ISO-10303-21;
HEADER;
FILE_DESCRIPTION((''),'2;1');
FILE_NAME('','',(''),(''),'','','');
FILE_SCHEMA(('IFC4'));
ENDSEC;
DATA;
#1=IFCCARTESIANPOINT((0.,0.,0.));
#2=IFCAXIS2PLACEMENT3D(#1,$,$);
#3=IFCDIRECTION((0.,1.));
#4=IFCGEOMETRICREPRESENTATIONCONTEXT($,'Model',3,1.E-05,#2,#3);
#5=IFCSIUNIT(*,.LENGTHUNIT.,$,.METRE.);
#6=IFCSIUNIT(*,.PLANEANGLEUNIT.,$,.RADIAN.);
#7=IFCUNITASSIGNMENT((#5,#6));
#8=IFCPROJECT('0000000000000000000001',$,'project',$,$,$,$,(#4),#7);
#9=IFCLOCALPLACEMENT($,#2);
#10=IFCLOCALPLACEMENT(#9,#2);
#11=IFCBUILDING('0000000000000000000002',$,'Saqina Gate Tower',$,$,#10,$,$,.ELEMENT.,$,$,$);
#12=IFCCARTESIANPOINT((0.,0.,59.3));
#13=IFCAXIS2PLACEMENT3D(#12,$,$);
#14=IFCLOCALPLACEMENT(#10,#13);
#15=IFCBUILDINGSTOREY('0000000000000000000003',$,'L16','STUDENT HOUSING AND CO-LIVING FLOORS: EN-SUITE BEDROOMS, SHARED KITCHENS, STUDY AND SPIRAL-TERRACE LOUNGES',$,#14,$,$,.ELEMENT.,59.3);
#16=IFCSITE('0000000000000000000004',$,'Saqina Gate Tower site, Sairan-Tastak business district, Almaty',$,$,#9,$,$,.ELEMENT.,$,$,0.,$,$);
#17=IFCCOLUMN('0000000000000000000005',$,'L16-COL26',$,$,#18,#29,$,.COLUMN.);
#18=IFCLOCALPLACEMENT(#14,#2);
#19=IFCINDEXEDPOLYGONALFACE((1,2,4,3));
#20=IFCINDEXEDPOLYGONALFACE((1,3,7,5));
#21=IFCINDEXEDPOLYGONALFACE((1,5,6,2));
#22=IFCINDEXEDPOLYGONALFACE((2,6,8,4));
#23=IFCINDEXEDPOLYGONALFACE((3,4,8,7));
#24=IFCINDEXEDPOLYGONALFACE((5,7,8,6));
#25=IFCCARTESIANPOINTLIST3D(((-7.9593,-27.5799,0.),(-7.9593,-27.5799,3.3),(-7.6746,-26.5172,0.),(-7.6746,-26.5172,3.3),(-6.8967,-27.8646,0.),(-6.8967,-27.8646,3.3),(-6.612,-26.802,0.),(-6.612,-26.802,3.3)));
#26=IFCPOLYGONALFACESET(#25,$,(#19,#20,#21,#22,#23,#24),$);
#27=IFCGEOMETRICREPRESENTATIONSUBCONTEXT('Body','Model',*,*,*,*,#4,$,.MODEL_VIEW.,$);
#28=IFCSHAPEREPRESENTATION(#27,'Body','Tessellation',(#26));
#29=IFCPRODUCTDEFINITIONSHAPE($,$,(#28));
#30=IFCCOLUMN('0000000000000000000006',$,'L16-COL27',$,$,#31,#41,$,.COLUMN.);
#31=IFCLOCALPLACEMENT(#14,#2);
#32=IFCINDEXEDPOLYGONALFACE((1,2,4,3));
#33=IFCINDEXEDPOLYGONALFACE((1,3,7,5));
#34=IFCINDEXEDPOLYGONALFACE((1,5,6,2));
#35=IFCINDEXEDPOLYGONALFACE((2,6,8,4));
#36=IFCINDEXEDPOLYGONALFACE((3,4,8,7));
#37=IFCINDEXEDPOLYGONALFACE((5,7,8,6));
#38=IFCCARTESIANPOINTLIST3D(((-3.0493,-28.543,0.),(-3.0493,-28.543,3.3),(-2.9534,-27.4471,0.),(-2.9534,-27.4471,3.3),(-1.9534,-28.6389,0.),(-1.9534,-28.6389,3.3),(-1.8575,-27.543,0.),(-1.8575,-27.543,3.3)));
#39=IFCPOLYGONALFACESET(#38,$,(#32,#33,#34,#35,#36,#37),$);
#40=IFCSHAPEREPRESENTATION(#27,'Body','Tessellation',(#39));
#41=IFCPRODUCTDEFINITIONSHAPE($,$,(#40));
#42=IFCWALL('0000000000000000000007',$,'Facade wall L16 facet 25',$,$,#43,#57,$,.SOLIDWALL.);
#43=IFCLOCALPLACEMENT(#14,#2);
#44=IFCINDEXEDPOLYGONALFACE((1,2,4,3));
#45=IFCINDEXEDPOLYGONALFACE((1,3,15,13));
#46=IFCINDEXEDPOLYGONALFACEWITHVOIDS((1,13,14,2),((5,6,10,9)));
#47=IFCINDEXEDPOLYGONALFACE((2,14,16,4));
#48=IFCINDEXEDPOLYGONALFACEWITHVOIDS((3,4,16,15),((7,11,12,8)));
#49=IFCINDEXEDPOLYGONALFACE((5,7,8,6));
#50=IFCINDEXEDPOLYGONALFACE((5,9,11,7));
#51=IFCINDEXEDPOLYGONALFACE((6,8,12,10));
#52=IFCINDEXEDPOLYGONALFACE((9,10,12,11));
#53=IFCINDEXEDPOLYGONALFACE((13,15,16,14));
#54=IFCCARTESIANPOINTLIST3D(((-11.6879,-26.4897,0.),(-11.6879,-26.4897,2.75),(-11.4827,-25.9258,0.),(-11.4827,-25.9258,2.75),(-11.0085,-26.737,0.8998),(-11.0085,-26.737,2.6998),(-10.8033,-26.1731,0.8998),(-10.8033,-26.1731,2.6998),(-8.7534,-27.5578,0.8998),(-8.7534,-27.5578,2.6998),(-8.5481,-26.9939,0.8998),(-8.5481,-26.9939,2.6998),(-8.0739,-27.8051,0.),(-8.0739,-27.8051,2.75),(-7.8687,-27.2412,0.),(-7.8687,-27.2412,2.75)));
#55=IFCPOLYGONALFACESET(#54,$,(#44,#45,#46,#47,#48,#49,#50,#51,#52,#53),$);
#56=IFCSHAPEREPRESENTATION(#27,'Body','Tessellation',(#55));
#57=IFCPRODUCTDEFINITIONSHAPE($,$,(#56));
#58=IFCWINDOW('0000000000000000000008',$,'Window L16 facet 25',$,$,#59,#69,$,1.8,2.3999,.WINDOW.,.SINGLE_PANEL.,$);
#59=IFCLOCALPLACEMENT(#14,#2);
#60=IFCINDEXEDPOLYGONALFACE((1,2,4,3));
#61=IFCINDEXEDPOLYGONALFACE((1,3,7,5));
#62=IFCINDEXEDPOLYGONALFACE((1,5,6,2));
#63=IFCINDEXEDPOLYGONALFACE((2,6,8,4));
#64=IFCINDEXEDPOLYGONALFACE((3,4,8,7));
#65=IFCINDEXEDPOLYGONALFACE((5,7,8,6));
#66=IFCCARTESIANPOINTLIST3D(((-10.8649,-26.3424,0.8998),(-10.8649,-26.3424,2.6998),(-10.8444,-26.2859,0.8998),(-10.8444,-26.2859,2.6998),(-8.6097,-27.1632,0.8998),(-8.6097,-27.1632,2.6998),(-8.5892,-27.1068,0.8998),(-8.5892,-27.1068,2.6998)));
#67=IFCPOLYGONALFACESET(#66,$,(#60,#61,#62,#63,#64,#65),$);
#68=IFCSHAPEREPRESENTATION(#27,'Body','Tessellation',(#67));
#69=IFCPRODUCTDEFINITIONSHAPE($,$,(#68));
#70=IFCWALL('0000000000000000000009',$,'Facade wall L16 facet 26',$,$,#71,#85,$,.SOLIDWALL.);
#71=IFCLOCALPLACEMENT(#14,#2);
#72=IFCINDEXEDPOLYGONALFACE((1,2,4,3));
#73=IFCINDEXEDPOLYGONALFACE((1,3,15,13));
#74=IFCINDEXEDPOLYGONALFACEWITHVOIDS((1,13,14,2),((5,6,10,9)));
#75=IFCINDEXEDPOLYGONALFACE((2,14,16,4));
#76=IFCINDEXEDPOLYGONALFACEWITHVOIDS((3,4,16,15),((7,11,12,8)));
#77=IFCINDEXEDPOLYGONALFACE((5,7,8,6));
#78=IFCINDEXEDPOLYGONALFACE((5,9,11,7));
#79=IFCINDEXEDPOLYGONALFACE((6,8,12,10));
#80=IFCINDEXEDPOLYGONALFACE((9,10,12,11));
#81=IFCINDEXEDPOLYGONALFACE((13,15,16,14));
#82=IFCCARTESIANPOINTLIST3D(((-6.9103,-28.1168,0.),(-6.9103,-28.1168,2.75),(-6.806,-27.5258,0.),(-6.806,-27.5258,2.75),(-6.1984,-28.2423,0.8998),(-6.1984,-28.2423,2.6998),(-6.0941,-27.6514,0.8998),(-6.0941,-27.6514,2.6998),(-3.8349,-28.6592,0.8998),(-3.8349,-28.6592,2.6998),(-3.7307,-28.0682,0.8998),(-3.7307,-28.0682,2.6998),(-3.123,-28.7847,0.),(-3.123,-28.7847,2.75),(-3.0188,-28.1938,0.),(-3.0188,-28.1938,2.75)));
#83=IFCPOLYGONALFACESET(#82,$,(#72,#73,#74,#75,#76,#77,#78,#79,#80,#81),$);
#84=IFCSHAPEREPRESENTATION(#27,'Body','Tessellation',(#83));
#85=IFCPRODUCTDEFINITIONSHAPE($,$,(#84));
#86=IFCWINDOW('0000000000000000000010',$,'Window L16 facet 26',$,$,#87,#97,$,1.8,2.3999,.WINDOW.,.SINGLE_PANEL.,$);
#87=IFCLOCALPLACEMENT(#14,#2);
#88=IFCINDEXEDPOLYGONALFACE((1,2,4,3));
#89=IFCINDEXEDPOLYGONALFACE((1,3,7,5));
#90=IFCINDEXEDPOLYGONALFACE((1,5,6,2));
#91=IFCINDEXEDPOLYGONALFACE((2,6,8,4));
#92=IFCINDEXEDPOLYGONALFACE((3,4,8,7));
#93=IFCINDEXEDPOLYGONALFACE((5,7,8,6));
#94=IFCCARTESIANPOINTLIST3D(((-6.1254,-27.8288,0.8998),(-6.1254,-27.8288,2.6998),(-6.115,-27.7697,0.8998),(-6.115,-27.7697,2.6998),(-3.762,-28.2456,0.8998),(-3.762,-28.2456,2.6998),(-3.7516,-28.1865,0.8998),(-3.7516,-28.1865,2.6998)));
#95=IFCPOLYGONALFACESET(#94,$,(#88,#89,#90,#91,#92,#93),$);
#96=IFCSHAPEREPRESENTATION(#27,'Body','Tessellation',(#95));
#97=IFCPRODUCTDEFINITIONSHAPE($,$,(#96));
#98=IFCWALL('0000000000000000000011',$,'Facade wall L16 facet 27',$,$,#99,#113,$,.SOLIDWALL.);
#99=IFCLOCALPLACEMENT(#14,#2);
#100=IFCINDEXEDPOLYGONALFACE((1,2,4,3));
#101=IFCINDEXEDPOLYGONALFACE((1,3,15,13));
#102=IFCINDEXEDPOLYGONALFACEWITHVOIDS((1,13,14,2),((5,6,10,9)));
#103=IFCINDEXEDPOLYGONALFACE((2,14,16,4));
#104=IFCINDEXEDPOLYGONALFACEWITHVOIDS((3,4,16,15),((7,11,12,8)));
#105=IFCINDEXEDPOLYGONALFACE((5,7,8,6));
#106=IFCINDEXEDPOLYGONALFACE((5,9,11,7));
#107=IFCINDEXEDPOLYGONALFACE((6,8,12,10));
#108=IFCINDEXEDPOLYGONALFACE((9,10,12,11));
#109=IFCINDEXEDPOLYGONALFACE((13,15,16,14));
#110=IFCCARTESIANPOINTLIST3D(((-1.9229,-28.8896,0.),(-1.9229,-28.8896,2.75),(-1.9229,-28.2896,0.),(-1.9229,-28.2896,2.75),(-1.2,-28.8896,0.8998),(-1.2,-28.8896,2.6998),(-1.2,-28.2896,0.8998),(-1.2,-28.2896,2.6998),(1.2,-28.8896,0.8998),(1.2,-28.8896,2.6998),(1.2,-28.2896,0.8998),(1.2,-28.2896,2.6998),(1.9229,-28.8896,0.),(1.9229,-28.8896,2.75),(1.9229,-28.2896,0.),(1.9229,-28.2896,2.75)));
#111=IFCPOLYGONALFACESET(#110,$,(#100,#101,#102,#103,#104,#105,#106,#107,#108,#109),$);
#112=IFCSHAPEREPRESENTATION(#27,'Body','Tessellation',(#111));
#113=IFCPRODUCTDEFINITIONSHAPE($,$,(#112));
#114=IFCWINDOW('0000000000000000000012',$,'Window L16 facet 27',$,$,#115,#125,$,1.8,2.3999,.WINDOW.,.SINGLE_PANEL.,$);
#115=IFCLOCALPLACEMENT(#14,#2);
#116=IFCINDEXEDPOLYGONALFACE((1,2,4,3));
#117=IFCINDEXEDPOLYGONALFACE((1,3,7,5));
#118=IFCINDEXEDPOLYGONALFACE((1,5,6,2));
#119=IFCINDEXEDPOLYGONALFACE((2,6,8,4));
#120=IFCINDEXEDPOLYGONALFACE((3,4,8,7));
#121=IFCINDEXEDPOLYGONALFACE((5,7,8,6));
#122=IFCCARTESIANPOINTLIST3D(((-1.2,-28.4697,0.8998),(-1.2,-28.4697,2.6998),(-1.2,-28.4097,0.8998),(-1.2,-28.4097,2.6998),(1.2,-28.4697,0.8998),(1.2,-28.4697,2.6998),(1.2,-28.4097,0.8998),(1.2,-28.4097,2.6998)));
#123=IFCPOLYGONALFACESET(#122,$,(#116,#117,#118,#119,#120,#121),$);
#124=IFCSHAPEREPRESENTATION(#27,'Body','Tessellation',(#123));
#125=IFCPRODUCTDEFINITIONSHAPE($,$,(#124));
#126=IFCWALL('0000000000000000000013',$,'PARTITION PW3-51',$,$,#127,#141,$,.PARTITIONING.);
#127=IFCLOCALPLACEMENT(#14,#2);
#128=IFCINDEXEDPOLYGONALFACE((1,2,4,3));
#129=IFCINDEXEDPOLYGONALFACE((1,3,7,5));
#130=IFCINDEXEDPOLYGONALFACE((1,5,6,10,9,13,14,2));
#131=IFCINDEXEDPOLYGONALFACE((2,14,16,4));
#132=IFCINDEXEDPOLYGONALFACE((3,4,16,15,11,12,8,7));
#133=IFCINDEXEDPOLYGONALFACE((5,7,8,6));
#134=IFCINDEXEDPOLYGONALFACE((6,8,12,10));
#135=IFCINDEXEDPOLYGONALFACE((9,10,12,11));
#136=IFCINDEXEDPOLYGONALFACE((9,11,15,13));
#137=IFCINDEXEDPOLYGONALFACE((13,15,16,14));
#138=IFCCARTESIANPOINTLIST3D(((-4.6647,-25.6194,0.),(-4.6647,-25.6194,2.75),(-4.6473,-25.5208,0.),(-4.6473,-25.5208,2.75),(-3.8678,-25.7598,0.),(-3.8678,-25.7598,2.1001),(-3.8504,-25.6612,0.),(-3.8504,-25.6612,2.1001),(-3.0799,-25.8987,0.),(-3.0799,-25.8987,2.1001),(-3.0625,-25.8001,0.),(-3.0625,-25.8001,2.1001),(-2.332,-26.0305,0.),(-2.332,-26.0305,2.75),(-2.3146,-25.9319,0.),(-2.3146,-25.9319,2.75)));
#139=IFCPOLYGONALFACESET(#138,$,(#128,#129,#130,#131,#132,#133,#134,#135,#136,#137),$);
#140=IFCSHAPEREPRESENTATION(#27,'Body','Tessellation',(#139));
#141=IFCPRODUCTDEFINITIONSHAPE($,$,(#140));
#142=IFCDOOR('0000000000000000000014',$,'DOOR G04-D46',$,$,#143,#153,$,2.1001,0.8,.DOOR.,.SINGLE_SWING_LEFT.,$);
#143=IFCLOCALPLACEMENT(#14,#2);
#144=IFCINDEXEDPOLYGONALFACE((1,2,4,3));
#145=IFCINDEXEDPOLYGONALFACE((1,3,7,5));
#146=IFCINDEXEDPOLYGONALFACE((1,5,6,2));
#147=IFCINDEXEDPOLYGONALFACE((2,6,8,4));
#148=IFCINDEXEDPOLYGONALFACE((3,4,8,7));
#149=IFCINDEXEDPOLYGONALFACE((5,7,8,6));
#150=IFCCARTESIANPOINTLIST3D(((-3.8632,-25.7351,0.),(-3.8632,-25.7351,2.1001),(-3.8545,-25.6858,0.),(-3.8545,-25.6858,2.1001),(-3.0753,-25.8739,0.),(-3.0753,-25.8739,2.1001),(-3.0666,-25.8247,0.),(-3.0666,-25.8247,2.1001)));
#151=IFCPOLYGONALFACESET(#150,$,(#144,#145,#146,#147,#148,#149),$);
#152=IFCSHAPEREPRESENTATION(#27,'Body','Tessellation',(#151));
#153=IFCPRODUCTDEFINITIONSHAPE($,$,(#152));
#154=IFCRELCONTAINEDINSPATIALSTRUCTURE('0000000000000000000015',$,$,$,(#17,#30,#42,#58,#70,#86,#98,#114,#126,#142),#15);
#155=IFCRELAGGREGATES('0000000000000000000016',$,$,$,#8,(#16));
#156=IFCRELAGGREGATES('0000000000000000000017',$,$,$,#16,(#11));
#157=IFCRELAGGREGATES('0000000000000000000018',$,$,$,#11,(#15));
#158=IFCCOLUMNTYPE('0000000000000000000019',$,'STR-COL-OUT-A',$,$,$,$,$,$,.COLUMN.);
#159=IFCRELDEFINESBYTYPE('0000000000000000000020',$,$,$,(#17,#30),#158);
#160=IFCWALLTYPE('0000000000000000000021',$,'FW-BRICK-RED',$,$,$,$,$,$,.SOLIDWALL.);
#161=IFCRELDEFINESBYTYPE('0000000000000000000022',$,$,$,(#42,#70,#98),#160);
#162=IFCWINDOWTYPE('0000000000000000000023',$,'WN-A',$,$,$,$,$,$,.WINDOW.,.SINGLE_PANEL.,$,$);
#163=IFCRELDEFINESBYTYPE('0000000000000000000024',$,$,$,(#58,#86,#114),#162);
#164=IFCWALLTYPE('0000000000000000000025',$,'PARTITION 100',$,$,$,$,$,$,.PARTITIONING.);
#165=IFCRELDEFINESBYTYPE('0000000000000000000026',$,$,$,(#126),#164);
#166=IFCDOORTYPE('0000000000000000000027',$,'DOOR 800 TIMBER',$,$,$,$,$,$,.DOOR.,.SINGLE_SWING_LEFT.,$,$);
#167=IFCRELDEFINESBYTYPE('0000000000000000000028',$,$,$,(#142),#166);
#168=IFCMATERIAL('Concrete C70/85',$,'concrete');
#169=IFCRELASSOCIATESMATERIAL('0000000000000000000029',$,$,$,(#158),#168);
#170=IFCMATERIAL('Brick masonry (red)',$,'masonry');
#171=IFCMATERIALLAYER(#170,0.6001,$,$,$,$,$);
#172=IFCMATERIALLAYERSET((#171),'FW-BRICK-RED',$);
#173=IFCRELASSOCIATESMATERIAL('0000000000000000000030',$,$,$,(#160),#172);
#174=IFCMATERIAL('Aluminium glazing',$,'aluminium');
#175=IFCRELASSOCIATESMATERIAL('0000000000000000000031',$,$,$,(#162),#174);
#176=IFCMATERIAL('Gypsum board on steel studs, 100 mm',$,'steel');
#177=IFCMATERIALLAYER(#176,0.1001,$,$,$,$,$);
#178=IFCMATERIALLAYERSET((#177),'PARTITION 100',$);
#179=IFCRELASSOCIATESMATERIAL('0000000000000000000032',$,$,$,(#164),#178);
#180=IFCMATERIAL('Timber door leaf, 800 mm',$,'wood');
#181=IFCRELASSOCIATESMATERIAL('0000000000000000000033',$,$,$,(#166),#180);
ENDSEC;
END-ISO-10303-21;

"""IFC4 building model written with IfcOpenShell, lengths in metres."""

from ifc_helpers import new_model, si_unit, direction, frame, frame_2d, origin, origin_2d, place, context, subcontext, project, spatial, rectangle, extrude, material, layer, layer_set, material_profile, profile_set, type_object, element, fill, save


model = new_model("IFC4")

# Units and contexts
model_context = context("Model", 3, precision=1e-05, world=origin(), true_north=direction((0.0, 1.0)))
body_context = subcontext(model_context, "Body", "Model", "MODEL_VIEW")
ifc_project = project(units=[si_unit("LENGTHUNIT", "METRE"), si_unit("PLANEANGLEUNIT", "RADIAN")], contexts=[model_context])

# Site, building, storey
site_placement = place(None, origin())
site = spatial("IfcSite", under=ifc_project, at=site_placement, Name="Saqina Gate Tower site, Sairan-Tastak business district, Almaty", CompositionType="ELEMENT", RefElevation=0.0)
building_placement = place(site_placement, origin())
building = spatial("IfcBuilding", under=site, at=building_placement, Name="Saqina Gate Tower", CompositionType="ELEMENT")
storey_placement = place(building_placement, frame((0.0, 0.0, 59.3)))
storey = spatial("IfcBuildingStorey", under=building, at=storey_placement, Name="L16", Description="STUDENT HOUSING AND CO-LIVING FLOORS: EN-SUITE BEDROOMS, SHARED KITCHENS, STUDY AND SPIRAL-TERRACE LOUNGES", CompositionType="ELEMENT", Elevation=59.3)

# Columns
ifc_material_1 = material(Name="Concrete C70/85", Category="concrete")
ifc_material_profile = material_profile(ifc_material_1, rectangle(XDim=1.1001, YDim=1.1001, at=origin_2d()), Name="RC 1100x1100")
ifc_profile_set = profile_set([ifc_material_profile], Name="Concrete C70/85")
column_type = type_object("IfcColumnType", Name="STR-COL-OUT-A", PredefinedType="COLUMN", material=ifc_profile_set)
for number, where, z_axis, x_axis, name in (
    (1, (-7.2856, -27.1909, 0.0), (0.0, 0.0, 1.0), (-0.258819, -0.965926, 0.0), "L16-COL26"),
    (2, (-2.4534, -28.043, 0.0), (0.0, 0.0, 1.0), (-0.087156, -0.996195, 0.0), "L16-COL27"),
):
    element("IfcColumn", number, at=place(storey_placement, frame(where, z_axis=z_axis, x_axis=x_axis)), inside=storey, type_object=column_type, Name=name, PredefinedType="COLUMN", context=body_context, shape_type="SweptSolid", body=[
        extrude(rectangle(XDim=1.1001, YDim=1.1001, at=origin_2d()), origin(), (0.0, 0.0, 1.0), 3.3),
    ])

# Walls, openings, windows
ifc_material_2 = material(Name="Brick masonry (red)", Category="masonry")
ifc_layer_1 = layer(ifc_material_2, 0.6001)
ifc_layer_set_1 = layer_set([ifc_layer_1], Name="FW-BRICK-RED")
wall_type_1 = type_object("IfcWallType", Name="FW-BRICK-RED", PredefinedType="SOLIDWALL", material=ifc_layer_set_1)
wall_1_placement = place(storey_placement, frame((-11.5852, -26.2078, 0.0), z_axis=(0.0, 0.0, 1.0), x_axis=(0.93969, -0.342028, 0.0)))
wall_1 = element("IfcWall", 3, at=wall_1_placement, inside=storey, type_object=wall_type_1, Name="Facade wall L16 facet 25", PredefinedType="SOLIDWALL", context=body_context, shape_type="SweptSolid", body=[
    extrude(rectangle(XDim=3.8459, YDim=0.6001, at=frame_2d((1.9229, 0.0))), origin(), (0.0, 0.0, 1.0), 2.75),
])
opening_1_placement = place(wall_1_placement, frame((0.7229, 0.0, 0.8999)))
opening_1 = element("IfcOpeningElement", 4, at=opening_1_placement, cuts=wall_1, PredefinedType="OPENING", context=body_context, shape_type="SweptSolid", body=[
    extrude(rectangle(XDim=2.3999, YDim=1.8, at=frame_2d((1.2, 0.8999))), frame((0.0, 0.312, 0.0), z_axis=(0.0, -1.0, 0.0), x_axis=(1.0, 0.0, 0.0)), (0.0, 0.0, 1.0), 0.624),
])
ifc_material_3 = material(Name="Aluminium glazing", Category="aluminium")
window_type = type_object("IfcWindowType", Name="WN-A", PartitioningType="SINGLE_PANEL", PredefinedType="WINDOW", material=ifc_material_3)
window_1_placement = place(opening_1_placement, origin())
window_1 = element("IfcWindow", 5, at=window_1_placement, inside=storey, type_object=window_type, Name="Window L16 facet 25", OverallHeight=1.8, OverallWidth=2.3999, PartitioningType="SINGLE_PANEL", PredefinedType="WINDOW", context=body_context, shape_type="SweptSolid", body=[
    extrude(rectangle(XDim=2.3999, YDim=1.8, at=frame_2d((1.2, 0.8999))), frame((0.0, 0.1799, 0.0), z_axis=(0.0, -1.0, 0.0), x_axis=(1.0, 0.0, 0.0)), (0.0, 0.0, 1.0), 0.0601),
])
fill(opening_1, window_1)
wall_2_placement = place(storey_placement, frame((-6.8582, -27.8213, 0.0), z_axis=(0.0, 0.0, 1.0), x_axis=(0.984801, -0.173688, 0.0)))
wall_2 = element("IfcWall", 6, at=wall_2_placement, inside=storey, type_object=wall_type_1, Name="Facade wall L16 facet 26", PredefinedType="SOLIDWALL", context=body_context, shape_type="SweptSolid", body=[
    extrude(rectangle(XDim=3.8457, YDim=0.6001, at=frame_2d((1.9229, 0.0))), origin(), (0.0, 0.0, 1.0), 2.75),
])
opening_2_placement = place(wall_2_placement, frame((0.7229, 0.0, 0.8999)))
opening_2 = element("IfcOpeningElement", 7, at=opening_2_placement, cuts=wall_2, PredefinedType="OPENING", context=body_context, shape_type="SweptSolid", body=[
    extrude(rectangle(XDim=2.3999, YDim=1.8, at=frame_2d((1.2, 0.8999))), frame((0.0, 0.312, 0.0), z_axis=(0.0, -1.0, 0.0), x_axis=(1.0, 0.0, 0.0)), (0.0, 0.0, 1.0), 0.624),
])
window_2_placement = place(opening_2_placement, origin())
window_2 = element("IfcWindow", 8, at=window_2_placement, inside=storey, type_object=window_type, Name="Window L16 facet 26", OverallHeight=1.8, OverallWidth=2.3999, PartitioningType="SINGLE_PANEL", PredefinedType="WINDOW", context=body_context, shape_type="SweptSolid", body=[
    extrude(rectangle(XDim=2.3999, YDim=1.8, at=frame_2d((1.2, 0.8999))), frame((0.0, 0.1799, 0.0), z_axis=(0.0, -1.0, 0.0), x_axis=(1.0, 0.0, 0.0)), (0.0, 0.0, 1.0), 0.0601),
])
fill(opening_2, window_2)
wall_3_placement = place(storey_placement, frame((-1.9229, -28.5896, 0.0), z_axis=(0.0, 0.0, 1.0), x_axis=(1.0, 0.0, 0.0)))
wall_3 = element("IfcWall", 9, at=wall_3_placement, inside=storey, type_object=wall_type_1, Name="Facade wall L16 facet 27", PredefinedType="SOLIDWALL", context=body_context, shape_type="SweptSolid", body=[
    extrude(rectangle(XDim=3.8457, YDim=0.6001, at=frame_2d((1.9229, 0.0))), origin(), (0.0, 0.0, 1.0), 2.75),
])
opening_3_placement = place(wall_3_placement, frame((0.7229, 0.0, 0.8999)))
opening_3 = element("IfcOpeningElement", 10, at=opening_3_placement, cuts=wall_3, PredefinedType="OPENING", context=body_context, shape_type="SweptSolid", body=[
    extrude(rectangle(XDim=2.3999, YDim=1.8, at=frame_2d((1.2, 0.8999))), frame((0.0, 0.312, 0.0), z_axis=(0.0, -1.0, 0.0), x_axis=(1.0, 0.0, 0.0)), (0.0, 0.0, 1.0), 0.624),
])
window_3_placement = place(opening_3_placement, origin())
window_3 = element("IfcWindow", 11, at=window_3_placement, inside=storey, type_object=window_type, Name="Window L16 facet 27", OverallHeight=1.8, OverallWidth=2.3999, PartitioningType="SINGLE_PANEL", PredefinedType="WINDOW", context=body_context, shape_type="SweptSolid", body=[
    extrude(rectangle(XDim=2.3999, YDim=1.8, at=frame_2d((1.2, 0.8999))), frame((0.0, 0.1799, 0.0), z_axis=(0.0, -1.0, 0.0), x_axis=(1.0, 0.0, 0.0)), (0.0, 0.0, 1.0), 0.0601),
])
fill(opening_3, window_3)

# Wall, opening, door
ifc_material_4 = material(Name="Gypsum board on steel studs, 100 mm", Category="steel")
ifc_layer_2 = layer(ifc_material_4, 0.1001)
ifc_layer_set_2 = layer_set([ifc_layer_2], Name="PARTITION 100")
wall_type_2 = type_object("IfcWallType", Name="PARTITION 100", PredefinedType="PARTITIONING", material=ifc_layer_set_2)
wall_4_placement = place(storey_placement, frame((-4.656, -25.5701, 0.0), z_axis=(0.0, 0.0, 1.0), x_axis=(0.984822, -0.173568, 0.0)))
wall_4 = element("IfcWall", 12, at=wall_4_placement, inside=storey, type_object=wall_type_2, Name="PARTITION PW3-51", PredefinedType="PARTITIONING", context=body_context, shape_type="SweptSolid", body=[
    extrude(rectangle(XDim=2.3687, YDim=0.1001, at=frame_2d((1.1843, 0.0))), origin(), (0.0, 0.0, 1.0), 2.75),
])
opening_4_placement = place(wall_4_placement, frame((0.8093, 0.0, 0.0)))
opening_4 = element("IfcOpeningElement", 13, at=opening_4_placement, cuts=wall_4, PredefinedType="OPENING", context=body_context, shape_type="SweptSolid", body=[
    extrude(rectangle(XDim=0.8, YDim=2.1001, at=frame_2d((0.3999, 1.05))), frame((0.0, 0.062, 0.0), z_axis=(0.0, -1.0, 0.0), x_axis=(1.0, 0.0, 0.0)), (0.0, 0.0, 1.0), 0.124),
])
ifc_material_5 = material(Name="Timber door leaf, 800 mm", Category="wood")
door_type = type_object("IfcDoorType", Name="DOOR 800 TIMBER", OperationType="SINGLE_SWING_LEFT", PredefinedType="DOOR", material=ifc_material_5)
door_1_placement = place(opening_4_placement, frame((0.8, 0.0, 0.0), z_axis=(0.0, 0.0, 1.0), x_axis=(-1.0, 0.0, 0.0)))
door_1 = element("IfcDoor", 14, at=door_1_placement, inside=storey, type_object=door_type, Name="DOOR G04-D46", OperationType="SINGLE_SWING_LEFT", OverallHeight=2.1001, OverallWidth=0.8, PredefinedType="DOOR", context=body_context, shape_type="SweptSolid", body=[
    extrude(rectangle(XDim=0.8, YDim=2.1001, at=frame_2d((0.3999, 1.05))), frame((0.0, 0.0249, 0.0), z_axis=(0.0, -1.0, 0.0), x_axis=(1.0, 0.0, 0.0)), (0.0, 0.0, 1.0), 0.05),
])
fill(opening_4, door_1)

save(model, "model.ifc")
